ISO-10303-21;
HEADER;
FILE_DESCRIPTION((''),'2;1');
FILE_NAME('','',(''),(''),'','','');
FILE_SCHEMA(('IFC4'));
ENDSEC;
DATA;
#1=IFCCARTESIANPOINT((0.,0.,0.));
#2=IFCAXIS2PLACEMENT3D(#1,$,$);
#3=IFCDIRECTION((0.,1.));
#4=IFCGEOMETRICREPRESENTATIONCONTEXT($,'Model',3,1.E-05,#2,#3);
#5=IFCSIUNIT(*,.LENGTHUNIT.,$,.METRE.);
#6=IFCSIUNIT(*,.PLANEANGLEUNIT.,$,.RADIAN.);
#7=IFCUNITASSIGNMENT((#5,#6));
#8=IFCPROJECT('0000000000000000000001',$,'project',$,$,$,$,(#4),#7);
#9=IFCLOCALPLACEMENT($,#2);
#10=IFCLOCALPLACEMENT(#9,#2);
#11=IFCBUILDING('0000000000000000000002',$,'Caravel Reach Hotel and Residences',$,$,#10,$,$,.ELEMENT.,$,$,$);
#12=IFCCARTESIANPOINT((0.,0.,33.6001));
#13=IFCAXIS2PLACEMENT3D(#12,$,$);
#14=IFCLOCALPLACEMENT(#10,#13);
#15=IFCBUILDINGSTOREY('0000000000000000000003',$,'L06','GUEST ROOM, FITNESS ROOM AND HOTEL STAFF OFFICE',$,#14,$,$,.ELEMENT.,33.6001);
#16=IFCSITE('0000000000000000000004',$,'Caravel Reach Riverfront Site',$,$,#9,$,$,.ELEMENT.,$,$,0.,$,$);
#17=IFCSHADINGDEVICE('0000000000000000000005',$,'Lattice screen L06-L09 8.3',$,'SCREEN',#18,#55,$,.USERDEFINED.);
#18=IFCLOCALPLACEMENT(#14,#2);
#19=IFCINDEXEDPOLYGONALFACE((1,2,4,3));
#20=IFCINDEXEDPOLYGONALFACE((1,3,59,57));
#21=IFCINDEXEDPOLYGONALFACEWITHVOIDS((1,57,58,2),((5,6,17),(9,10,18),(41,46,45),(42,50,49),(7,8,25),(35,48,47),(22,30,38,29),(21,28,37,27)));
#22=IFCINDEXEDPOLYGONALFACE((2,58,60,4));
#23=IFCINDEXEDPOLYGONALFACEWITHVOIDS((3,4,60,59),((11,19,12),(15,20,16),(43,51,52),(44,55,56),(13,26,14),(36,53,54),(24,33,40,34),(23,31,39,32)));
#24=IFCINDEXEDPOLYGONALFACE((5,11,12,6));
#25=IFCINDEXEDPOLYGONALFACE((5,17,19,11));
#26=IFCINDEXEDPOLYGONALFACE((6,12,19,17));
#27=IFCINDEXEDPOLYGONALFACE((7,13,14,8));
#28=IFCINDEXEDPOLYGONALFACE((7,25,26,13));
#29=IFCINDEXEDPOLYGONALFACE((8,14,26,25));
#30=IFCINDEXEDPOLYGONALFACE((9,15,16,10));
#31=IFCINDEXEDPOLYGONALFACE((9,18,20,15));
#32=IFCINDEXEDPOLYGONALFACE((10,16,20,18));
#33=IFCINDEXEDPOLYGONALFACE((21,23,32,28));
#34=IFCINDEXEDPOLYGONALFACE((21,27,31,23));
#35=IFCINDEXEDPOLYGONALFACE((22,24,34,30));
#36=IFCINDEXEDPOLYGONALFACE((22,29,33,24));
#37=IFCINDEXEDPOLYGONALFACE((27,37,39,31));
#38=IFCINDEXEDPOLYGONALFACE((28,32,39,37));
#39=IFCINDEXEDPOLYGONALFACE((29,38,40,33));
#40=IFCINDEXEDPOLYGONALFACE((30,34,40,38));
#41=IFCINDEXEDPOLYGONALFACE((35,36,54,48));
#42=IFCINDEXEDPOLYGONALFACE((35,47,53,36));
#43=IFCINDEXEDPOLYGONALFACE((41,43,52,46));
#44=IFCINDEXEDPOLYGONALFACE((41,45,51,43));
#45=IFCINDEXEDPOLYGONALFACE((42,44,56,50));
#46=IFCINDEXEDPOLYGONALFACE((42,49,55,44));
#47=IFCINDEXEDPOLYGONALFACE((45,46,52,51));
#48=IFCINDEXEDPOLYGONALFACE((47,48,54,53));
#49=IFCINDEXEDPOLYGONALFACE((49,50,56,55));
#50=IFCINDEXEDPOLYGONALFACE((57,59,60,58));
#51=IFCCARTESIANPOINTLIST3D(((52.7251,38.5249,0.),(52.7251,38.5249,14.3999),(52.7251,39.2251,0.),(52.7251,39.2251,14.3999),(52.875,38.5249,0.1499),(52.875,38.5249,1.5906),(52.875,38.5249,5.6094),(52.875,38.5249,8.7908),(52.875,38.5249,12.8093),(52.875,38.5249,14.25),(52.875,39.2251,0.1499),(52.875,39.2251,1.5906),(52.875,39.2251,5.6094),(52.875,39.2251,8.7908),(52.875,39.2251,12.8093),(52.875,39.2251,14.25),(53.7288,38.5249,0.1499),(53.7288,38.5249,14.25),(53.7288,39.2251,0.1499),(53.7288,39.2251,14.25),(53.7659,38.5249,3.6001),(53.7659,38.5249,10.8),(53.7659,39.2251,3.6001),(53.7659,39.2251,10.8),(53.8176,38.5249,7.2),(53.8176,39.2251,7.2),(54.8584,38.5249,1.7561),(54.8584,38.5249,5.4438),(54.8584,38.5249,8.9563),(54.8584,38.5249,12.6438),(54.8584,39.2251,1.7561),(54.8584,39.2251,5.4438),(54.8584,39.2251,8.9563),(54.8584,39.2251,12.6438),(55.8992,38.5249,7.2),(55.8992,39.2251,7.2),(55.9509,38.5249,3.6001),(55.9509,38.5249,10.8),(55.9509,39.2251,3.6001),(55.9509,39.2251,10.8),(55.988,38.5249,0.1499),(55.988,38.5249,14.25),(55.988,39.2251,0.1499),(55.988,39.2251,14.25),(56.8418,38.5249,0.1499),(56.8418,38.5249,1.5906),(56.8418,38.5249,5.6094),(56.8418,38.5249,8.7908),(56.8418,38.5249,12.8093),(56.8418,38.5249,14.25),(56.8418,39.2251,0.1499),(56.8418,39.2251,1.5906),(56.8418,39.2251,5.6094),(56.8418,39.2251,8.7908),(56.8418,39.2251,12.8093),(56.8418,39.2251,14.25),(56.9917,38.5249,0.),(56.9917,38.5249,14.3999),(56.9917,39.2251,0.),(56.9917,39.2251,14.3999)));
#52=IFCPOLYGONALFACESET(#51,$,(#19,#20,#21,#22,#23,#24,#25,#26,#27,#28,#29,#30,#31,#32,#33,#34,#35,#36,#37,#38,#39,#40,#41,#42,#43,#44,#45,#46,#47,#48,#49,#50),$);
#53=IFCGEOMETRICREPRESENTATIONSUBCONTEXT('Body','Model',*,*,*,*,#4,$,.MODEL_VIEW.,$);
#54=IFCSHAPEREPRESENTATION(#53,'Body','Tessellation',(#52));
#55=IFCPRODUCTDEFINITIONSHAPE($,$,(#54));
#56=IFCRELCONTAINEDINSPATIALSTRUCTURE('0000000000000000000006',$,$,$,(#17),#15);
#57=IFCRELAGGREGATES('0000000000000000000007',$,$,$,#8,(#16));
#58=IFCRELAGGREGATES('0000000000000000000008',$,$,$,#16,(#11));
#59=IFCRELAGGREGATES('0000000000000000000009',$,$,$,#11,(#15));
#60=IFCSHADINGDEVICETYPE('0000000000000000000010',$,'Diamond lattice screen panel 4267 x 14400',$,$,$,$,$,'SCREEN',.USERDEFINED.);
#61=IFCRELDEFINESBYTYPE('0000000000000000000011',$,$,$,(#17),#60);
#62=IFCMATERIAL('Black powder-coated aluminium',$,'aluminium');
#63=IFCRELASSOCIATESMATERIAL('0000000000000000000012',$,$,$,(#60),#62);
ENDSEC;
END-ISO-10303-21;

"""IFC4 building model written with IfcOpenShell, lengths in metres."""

from ifc_helpers import new_model, si_unit, direction, frame, origin, place, context, subcontext, project, spatial, polyline, outline, extrude, material, type_object, element, save


model = new_model("IFC4")

# Units and contexts
model_context = context("Model", 3, precision=1e-05, world=origin(), true_north=direction((0.0, 1.0)))
body_context = subcontext(model_context, "Body", "Model", "MODEL_VIEW")
ifc_project = project(units=[si_unit("LENGTHUNIT", "METRE"), si_unit("PLANEANGLEUNIT", "RADIAN")], contexts=[model_context])

# Site, building, storey
site_placement = place(None, origin())
site = spatial("IfcSite", under=ifc_project, at=site_placement, Name="Caravel Reach Riverfront Site", CompositionType="ELEMENT", RefElevation=0.0)
building_placement = place(site_placement, origin())
building = spatial("IfcBuilding", under=site, at=building_placement, Name="Caravel Reach Hotel and Residences", CompositionType="ELEMENT")
storey_placement = place(building_placement, frame((0.0, 0.0, 33.6001)))
storey = spatial("IfcBuildingStorey", under=building, at=storey_placement, Name="L06", Description="GUEST ROOM, FITNESS ROOM AND HOTEL STAFF OFFICE", CompositionType="ELEMENT", Elevation=33.6001)

# Shading device
ifc_material_1 = material(Name="Black powder-coated aluminium", Category="aluminium")
shading_device_type_1 = type_object("IfcShadingDeviceType", Name="Diamond lattice screen panel 4267 x 14400", ElementType="SCREEN", PredefinedType="USERDEFINED", material=ifc_material_1)
for number, where, z_axis, x_axis, name in (
    (1, (56.9917, 38.5249, 0.0), (0.0, 1.0, 0.0), (-1.0, 0.0, 0.0), "Lattice screen L06-L09 8.3"),
):
    element("IfcShadingDevice", number, at=place(storey_placement, frame(where, z_axis=z_axis, x_axis=x_axis)), inside=storey, type_object=shading_device_type_1, Name=name, ObjectType="SCREEN", PredefinedType="USERDEFINED", context=body_context, shape_type="SweptSolid", body=[
        extrude(outline(polyline([(0.0, 0.0), (4.2666, 0.0), (4.2666, 14.3999), (0.0, 14.3999), (0.0, 0.0)]), holes=[polyline([(1.0037, 0.1499), (0.1499, 1.5906), (0.1499, 0.1499), (1.0037, 0.1499)]), polyline([(1.0925, 7.2), (0.1499, 8.7908), (0.1499, 5.6094), (1.0925, 7.2)]), polyline([(0.1499, 12.8093), (1.0037, 14.25), (0.1499, 14.25), (0.1499, 12.8093)]), polyline([(2.1333, 5.4438), (1.0408, 3.6001), (2.1333, 1.7561), (3.2258, 3.6001), (2.1333, 5.4438)]), polyline([(2.1333, 12.6438), (1.0408, 10.8), (2.1333, 8.9563), (3.2258, 10.8), (2.1333, 12.6438)]), polyline([(4.1167, 1.5906), (3.2629, 0.1499), (4.1167, 0.1499), (4.1167, 1.5906)]), polyline([(3.1741, 7.2), (4.1167, 5.6094), (4.1167, 8.7908), (3.1741, 7.2)]), polyline([(3.2629, 14.25), (4.1167, 12.8093), (4.1167, 14.25), (3.2629, 14.25)])]), origin(), (0.0, 0.0, 1.0), 0.7002),
    ])

save(model, "model.ifc")
